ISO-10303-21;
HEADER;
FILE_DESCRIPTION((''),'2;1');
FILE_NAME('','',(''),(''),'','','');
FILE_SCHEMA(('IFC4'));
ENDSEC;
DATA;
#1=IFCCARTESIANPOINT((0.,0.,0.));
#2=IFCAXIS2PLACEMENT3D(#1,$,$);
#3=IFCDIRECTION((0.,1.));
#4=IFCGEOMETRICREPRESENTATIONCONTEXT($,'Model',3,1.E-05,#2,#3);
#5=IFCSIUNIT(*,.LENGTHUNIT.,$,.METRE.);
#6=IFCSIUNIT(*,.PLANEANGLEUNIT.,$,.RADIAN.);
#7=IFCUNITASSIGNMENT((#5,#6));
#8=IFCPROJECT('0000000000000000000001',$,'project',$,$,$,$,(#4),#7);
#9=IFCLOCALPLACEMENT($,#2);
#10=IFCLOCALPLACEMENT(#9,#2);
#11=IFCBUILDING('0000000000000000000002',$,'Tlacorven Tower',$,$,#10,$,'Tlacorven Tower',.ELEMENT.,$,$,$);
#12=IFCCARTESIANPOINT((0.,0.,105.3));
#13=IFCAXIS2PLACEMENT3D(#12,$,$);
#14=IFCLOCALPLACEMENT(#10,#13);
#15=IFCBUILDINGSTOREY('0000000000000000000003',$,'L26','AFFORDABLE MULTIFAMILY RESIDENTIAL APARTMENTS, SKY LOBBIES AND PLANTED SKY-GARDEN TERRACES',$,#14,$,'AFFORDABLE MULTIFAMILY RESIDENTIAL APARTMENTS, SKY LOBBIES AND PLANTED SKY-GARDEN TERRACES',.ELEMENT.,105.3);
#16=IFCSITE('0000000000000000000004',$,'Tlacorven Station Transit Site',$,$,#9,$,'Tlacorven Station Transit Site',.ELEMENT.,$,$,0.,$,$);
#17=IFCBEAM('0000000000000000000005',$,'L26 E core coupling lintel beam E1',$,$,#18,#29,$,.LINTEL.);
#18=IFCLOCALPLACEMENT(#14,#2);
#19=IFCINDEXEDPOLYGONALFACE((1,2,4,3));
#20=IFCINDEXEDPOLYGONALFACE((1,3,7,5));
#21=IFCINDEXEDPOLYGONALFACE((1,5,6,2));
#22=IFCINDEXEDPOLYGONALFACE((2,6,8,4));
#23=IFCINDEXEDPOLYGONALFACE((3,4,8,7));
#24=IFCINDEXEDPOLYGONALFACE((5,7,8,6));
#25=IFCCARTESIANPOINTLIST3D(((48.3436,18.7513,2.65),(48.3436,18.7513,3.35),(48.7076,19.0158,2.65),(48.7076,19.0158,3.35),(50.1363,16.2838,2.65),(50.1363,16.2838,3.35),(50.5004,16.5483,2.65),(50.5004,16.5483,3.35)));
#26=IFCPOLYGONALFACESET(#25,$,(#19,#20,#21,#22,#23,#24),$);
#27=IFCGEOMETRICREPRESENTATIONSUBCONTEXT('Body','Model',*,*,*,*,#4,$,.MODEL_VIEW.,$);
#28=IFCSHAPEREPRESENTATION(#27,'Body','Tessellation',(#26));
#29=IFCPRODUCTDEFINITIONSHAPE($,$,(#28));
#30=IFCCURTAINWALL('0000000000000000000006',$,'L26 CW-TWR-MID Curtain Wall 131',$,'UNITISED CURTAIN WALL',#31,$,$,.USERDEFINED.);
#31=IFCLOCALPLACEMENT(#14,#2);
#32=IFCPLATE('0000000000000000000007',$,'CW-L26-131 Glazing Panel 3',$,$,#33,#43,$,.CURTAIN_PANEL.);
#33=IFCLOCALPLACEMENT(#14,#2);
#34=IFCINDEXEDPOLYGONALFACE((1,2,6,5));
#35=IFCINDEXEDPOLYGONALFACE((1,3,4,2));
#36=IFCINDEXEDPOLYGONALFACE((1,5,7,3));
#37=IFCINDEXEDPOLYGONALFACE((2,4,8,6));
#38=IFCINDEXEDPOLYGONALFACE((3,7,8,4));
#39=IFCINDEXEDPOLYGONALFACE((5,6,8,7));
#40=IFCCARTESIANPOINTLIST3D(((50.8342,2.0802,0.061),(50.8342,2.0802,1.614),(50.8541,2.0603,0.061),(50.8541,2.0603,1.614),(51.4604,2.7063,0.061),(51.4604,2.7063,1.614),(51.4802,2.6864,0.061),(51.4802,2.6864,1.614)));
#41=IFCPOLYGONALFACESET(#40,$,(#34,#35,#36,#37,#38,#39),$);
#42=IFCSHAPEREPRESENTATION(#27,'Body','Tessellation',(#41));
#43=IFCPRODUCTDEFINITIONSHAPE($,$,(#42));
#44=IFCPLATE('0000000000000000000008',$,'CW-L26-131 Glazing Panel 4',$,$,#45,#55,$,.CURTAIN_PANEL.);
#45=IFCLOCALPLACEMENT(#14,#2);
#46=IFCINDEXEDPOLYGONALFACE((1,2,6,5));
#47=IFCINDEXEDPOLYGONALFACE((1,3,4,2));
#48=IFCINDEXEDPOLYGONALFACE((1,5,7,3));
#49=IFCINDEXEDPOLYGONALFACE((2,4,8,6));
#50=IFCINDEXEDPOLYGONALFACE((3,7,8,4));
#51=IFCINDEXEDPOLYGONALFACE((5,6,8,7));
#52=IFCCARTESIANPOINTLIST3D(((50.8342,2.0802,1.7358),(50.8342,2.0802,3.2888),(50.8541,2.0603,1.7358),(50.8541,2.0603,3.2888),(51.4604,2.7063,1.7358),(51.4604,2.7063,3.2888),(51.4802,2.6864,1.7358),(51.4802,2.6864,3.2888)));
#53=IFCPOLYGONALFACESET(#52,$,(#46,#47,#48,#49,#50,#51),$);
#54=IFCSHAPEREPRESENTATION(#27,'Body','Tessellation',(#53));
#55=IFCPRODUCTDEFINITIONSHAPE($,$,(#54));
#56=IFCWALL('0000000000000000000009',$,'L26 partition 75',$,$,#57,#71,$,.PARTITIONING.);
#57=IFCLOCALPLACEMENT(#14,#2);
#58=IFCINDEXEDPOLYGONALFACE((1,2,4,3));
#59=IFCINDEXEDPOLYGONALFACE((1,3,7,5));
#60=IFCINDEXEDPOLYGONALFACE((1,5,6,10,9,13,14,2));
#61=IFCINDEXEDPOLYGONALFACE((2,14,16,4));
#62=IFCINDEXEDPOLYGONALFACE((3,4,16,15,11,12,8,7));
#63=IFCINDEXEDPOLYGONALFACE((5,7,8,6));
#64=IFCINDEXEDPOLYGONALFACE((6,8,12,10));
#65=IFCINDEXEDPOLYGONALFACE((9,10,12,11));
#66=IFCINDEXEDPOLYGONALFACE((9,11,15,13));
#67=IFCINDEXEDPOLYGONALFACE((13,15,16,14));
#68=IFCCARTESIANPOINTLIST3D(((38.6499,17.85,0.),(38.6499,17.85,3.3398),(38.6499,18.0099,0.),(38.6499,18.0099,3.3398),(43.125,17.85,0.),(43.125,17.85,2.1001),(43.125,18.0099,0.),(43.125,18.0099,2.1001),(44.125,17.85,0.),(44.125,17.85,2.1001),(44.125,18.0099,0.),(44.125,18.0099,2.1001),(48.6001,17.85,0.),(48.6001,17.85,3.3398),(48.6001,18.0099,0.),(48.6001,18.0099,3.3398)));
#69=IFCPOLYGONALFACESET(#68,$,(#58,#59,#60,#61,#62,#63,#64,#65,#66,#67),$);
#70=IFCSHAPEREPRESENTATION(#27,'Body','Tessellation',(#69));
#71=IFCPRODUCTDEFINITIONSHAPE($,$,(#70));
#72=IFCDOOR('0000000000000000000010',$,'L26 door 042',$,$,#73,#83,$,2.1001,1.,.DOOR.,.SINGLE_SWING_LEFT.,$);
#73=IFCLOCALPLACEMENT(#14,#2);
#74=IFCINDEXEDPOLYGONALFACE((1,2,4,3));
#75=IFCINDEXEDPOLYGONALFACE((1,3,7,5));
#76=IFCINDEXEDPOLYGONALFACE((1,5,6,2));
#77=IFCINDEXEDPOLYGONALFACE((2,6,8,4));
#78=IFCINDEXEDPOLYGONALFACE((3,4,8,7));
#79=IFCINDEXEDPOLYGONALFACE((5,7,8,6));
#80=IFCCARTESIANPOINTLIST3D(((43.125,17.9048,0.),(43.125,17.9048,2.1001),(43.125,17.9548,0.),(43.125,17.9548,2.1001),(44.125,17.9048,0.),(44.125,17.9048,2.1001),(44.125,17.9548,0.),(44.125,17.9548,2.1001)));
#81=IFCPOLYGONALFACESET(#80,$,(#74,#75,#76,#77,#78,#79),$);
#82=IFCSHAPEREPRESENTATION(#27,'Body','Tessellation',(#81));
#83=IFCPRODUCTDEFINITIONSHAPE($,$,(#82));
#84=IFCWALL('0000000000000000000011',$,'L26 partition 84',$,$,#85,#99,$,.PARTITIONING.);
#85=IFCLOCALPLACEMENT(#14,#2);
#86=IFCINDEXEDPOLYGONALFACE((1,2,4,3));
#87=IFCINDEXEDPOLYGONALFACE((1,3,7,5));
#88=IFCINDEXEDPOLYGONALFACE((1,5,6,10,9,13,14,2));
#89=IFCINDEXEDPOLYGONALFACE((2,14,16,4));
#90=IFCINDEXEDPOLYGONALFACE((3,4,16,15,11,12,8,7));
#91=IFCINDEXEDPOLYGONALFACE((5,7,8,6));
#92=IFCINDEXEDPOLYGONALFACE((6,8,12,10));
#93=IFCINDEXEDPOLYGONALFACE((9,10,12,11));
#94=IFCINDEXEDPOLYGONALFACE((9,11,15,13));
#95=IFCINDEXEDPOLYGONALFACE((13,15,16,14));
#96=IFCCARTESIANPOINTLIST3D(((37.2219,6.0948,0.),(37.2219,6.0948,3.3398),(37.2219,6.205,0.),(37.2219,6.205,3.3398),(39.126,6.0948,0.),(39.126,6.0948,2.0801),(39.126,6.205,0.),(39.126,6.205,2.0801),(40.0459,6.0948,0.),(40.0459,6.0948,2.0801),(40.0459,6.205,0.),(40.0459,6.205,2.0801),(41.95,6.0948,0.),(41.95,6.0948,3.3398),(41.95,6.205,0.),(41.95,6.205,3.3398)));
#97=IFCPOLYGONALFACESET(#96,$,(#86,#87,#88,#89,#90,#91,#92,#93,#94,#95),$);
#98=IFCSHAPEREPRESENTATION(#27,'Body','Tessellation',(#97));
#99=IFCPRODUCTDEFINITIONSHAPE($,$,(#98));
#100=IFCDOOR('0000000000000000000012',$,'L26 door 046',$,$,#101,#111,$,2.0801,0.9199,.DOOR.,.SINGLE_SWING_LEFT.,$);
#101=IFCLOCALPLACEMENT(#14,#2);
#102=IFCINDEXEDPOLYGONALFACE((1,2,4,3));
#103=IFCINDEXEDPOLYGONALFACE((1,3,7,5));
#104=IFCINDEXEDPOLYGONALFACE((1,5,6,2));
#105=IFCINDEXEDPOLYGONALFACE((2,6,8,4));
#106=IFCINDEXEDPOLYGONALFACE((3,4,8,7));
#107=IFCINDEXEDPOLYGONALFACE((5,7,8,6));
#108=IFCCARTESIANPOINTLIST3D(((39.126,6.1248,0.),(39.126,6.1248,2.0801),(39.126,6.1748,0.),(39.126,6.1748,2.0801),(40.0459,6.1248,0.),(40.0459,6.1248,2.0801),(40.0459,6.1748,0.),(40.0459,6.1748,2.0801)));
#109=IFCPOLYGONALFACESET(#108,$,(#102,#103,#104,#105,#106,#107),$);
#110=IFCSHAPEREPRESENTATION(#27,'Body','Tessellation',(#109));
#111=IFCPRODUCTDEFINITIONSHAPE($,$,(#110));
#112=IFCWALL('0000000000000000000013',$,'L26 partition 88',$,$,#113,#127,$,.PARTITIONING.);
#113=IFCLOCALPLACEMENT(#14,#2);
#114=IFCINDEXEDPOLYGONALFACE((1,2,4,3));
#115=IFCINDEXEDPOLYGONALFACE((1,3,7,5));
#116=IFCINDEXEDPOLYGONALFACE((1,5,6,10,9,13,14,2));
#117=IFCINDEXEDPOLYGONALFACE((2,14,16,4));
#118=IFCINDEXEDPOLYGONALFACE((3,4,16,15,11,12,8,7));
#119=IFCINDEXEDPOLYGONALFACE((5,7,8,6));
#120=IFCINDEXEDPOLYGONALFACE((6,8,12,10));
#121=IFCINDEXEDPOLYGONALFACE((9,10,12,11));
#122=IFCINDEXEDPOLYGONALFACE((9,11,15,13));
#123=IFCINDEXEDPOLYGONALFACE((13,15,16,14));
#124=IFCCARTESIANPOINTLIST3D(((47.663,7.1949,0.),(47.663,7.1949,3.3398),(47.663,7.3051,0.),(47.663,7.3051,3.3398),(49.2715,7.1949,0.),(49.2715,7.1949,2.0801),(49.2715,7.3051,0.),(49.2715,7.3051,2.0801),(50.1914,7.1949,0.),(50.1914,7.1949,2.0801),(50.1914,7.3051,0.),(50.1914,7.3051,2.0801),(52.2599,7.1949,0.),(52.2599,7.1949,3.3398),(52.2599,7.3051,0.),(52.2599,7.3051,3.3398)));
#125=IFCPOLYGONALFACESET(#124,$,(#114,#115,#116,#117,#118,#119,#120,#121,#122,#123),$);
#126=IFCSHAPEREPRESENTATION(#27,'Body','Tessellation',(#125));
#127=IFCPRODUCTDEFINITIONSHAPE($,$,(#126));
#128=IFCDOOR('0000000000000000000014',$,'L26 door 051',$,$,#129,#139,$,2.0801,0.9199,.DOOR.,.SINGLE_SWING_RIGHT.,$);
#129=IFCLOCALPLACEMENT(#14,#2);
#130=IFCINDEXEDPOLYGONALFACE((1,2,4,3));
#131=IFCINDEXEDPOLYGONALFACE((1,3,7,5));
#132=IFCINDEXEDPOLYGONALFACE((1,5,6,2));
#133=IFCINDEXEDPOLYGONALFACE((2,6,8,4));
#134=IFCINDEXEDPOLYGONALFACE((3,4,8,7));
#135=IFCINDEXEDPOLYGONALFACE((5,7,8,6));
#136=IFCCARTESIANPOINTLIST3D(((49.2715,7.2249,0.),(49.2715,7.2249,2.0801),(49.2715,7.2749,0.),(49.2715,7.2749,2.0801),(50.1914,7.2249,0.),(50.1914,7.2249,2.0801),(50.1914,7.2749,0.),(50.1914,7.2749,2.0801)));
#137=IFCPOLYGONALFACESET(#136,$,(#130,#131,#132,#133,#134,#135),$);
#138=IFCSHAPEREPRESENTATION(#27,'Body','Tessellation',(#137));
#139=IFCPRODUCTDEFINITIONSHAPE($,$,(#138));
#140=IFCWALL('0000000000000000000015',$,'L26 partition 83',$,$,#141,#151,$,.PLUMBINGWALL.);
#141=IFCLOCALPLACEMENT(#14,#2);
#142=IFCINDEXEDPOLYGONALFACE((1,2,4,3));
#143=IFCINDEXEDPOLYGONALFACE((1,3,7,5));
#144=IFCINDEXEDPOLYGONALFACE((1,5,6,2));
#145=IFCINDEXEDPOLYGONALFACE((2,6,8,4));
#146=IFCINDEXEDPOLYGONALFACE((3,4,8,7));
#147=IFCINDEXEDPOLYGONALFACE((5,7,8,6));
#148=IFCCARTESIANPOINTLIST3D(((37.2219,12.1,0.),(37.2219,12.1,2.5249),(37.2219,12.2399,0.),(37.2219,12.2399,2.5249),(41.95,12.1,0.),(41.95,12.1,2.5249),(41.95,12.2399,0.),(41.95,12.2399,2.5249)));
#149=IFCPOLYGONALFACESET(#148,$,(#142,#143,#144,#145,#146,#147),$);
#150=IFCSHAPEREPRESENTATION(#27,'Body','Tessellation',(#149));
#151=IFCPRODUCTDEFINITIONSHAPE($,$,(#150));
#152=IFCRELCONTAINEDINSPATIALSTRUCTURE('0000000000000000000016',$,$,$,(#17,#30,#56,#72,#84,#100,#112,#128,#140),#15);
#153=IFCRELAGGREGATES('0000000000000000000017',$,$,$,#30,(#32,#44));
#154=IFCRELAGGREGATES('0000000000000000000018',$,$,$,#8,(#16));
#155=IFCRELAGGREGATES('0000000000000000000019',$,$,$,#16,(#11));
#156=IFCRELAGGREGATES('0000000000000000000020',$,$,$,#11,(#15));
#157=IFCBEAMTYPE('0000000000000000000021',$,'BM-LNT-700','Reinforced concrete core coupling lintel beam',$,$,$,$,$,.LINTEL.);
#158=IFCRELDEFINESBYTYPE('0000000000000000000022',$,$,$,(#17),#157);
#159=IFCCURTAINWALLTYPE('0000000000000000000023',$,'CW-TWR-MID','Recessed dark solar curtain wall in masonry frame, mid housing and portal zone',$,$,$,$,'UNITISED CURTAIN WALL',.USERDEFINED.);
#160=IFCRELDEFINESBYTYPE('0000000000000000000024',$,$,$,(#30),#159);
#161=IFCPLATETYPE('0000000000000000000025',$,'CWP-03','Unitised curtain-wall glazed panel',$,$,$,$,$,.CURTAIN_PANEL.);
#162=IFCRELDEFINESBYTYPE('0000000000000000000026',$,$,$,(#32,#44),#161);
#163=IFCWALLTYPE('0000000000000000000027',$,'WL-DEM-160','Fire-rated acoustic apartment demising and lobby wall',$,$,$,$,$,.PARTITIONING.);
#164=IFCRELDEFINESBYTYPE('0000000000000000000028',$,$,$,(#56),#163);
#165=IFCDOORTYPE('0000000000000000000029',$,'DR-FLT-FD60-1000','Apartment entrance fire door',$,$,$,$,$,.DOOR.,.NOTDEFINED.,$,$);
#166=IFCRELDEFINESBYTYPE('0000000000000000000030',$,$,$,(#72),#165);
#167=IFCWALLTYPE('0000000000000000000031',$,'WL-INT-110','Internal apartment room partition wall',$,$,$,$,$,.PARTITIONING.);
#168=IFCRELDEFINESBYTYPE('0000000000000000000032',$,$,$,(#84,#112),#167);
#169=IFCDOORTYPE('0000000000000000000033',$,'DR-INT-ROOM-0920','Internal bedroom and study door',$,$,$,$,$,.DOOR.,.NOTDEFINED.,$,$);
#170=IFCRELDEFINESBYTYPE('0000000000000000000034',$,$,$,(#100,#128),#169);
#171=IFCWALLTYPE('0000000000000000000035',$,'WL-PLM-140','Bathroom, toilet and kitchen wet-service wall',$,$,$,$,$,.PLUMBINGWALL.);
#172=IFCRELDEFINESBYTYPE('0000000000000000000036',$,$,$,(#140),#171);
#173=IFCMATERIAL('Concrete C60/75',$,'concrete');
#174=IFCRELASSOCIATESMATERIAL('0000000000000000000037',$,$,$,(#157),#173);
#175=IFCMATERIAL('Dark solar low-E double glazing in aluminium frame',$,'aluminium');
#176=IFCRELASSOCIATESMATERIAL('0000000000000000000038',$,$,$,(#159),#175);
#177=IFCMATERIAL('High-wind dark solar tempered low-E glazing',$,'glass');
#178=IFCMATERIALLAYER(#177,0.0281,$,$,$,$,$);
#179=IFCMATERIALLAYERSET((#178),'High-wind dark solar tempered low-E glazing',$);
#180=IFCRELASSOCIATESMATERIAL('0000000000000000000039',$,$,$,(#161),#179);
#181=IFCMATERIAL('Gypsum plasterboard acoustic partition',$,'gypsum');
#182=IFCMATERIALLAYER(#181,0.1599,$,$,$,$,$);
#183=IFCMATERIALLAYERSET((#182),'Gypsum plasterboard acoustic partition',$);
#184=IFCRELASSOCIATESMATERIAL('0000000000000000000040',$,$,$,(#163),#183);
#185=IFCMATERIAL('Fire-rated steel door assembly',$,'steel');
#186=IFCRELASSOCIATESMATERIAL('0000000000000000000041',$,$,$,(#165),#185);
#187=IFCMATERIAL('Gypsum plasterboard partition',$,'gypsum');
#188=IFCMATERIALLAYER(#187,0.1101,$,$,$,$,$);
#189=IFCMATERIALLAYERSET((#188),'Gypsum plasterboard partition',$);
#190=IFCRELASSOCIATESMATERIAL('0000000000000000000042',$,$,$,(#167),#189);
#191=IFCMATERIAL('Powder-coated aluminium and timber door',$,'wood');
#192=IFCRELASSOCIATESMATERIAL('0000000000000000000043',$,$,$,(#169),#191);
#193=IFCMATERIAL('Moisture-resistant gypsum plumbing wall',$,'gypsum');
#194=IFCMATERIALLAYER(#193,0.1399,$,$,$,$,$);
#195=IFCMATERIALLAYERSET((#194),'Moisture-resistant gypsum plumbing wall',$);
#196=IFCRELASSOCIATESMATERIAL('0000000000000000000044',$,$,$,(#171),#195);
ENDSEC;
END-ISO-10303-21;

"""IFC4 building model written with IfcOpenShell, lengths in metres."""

from ifc_helpers import new_model, si_unit, direction, frame, frame_2d, origin, origin_2d, place, context, subcontext, project, spatial, rectangle, extrude, source, transform, mapped, material, layer, layer_set, material_profile, profile_set, type_object, element, fill, aggregate, save


model = new_model("IFC4")

# Units and contexts
model_context = context("Model", 3, precision=1e-05, world=origin(), true_north=direction((0.0, 1.0)))
body_context = subcontext(model_context, "Body", "Model", "MODEL_VIEW")
ifc_project = project(units=[si_unit("LENGTHUNIT", "METRE"), si_unit("PLANEANGLEUNIT", "RADIAN")], contexts=[model_context])

# Site, building, storey
site_placement = place(None, origin())
site = spatial("IfcSite", under=ifc_project, at=site_placement, Name="Tlacorven Station Transit Site", LongName="Tlacorven Station Transit Site", CompositionType="ELEMENT", RefElevation=0.0)
building_placement = place(site_placement, origin())
building = spatial("IfcBuilding", under=site, at=building_placement, Name="Tlacorven Tower", LongName="Tlacorven Tower", CompositionType="ELEMENT")
storey_placement = place(building_placement, frame((0.0, 0.0, 105.3)))
storey = spatial("IfcBuildingStorey", under=building, at=storey_placement, Name="L26", Description="AFFORDABLE MULTIFAMILY RESIDENTIAL APARTMENTS, SKY LOBBIES AND PLANTED SKY-GARDEN TERRACES", LongName="AFFORDABLE MULTIFAMILY RESIDENTIAL APARTMENTS, SKY LOBBIES AND PLANTED SKY-GARDEN TERRACES", CompositionType="ELEMENT", Elevation=105.3)

# Beam
ifc_material_1 = material(Name="Concrete C60/75", Category="concrete")
ifc_material_profile = material_profile(ifc_material_1, rectangle(XDim=0.45, YDim=0.7, at=origin_2d()), Name="RC 450X700")
ifc_profile_set = profile_set([ifc_material_profile], Name="Concrete C60/75")
beam_type = type_object("IfcBeamType", Name="BM-LNT-700", Description="Reinforced concrete core coupling lintel beam", PredefinedType="LINTEL", material=ifc_profile_set)
shared_shape_1 = source(origin(), body_context, "Body", "SweptSolid", [
    extrude(rectangle(XDim=0.45, YDim=0.7, at=origin_2d()), origin(), (0.0, 0.0, 1.0), 3.05),
])
beam_placement = place(storey_placement, frame((50.3184, 16.416, 3.0), z_axis=(-0.587777, 0.809023, 0.0), x_axis=(-0.809023, -0.587777, 0.0)))
element("IfcBeam", 1, at=beam_placement, inside=storey, type_object=beam_type, Name="L26 E core coupling lintel beam E1", PredefinedType="LINTEL", context=body_context, shape_type="MappedRepresentation", body=[
    mapped(shared_shape_1, transform((0.0, 0.0, 0.0), scale=1.0)),
])

# Curtain wall, plates
ifc_material_2 = material(Name="Dark solar low-E double glazing in aluminium frame", Category="aluminium")
curtain_wall_type = type_object("IfcCurtainWallType", Name="CW-TWR-MID", Description="Recessed dark solar curtain wall in masonry frame, mid housing and portal zone", ElementType="UNITISED CURTAIN WALL", PredefinedType="USERDEFINED", material=ifc_material_2)
curtain_wall_placement = place(storey_placement, origin())
curtain_wall = element("IfcCurtainWall", 2, at=curtain_wall_placement, inside=storey, type_object=curtain_wall_type, Name="L26 CW-TWR-MID Curtain Wall 131", ObjectType="UNITISED CURTAIN WALL", PredefinedType="USERDEFINED")
ifc_material_3 = material(Name="High-wind dark solar tempered low-E glazing", Category="glass")
ifc_layer_1 = layer(ifc_material_3, 0.0281)
ifc_layer_set_1 = layer_set([ifc_layer_1], Name="High-wind dark solar tempered low-E glazing")
plate_type = type_object("IfcPlateType", Name="CWP-03", Description="Unitised curtain-wall glazed panel", PredefinedType="CURTAIN_PANEL", material=ifc_layer_set_1)
shared_shape_2 = source(origin(), body_context, "Body", "SweptSolid", [
    extrude(rectangle(XDim=0.8855, YDim=0.0281, at=origin_2d()), origin(), (0.0, 0.0, 1.0), 1.553),
])
plate_1_placement = place(storey_placement, frame((51.1572, 2.3833, 0.061), z_axis=(0.0, 0.0, 1.0), x_axis=(-0.707107, -0.707107, 0.0)))
plate_1 = element("IfcPlate", 3, at=plate_1_placement, type_object=plate_type, Name="CW-L26-131 Glazing Panel 3", PredefinedType="CURTAIN_PANEL", context=body_context, shape_type="MappedRepresentation", body=[
    mapped(shared_shape_2, transform((0.0, 0.0, 0.0), scale=1.0)),
])
plate_2_placement = place(storey_placement, frame((51.1572, 2.3833, 1.7358), z_axis=(0.0, 0.0, 1.0), x_axis=(-0.707107, -0.707107, 0.0)))
plate_2 = element("IfcPlate", 4, at=plate_2_placement, type_object=plate_type, Name="CW-L26-131 Glazing Panel 4", PredefinedType="CURTAIN_PANEL", context=body_context, shape_type="MappedRepresentation", body=[
    mapped(shared_shape_2, transform((0.0, 0.0, 0.0), scale=1.0)),
])
aggregate(curtain_wall, [plate_1, plate_2])

# Walls, openings, doors
ifc_material_4 = material(Name="Gypsum plasterboard acoustic partition", Category="gypsum")
ifc_layer_2 = layer(ifc_material_4, 0.1599)
ifc_layer_set_2 = layer_set([ifc_layer_2], Name="Gypsum plasterboard acoustic partition")
wall_type_1 = type_object("IfcWallType", Name="WL-DEM-160", Description="Fire-rated acoustic apartment demising and lobby wall", PredefinedType="PARTITIONING", material=ifc_layer_set_2)
wall_1_placement = place(storey_placement, frame((38.6499, 17.9299, 0.0), z_axis=(0.0, 0.0, 1.0), x_axis=(1.0, 0.0, 0.0)))
wall_1 = element("IfcWall", 5, at=wall_1_placement, inside=storey, type_object=wall_type_1, Name="L26 partition 75", PredefinedType="PARTITIONING", context=body_context, shape_type="SweptSolid", body=[
    extrude(rectangle(XDim=9.9502, YDim=0.1599, at=frame_2d((4.9751, 0.0))), origin(), (0.0, 0.0, 1.0), 3.3398),
])
opening_1_placement = place(wall_1_placement, frame((4.4751, 0.0, 0.0)))
opening_1 = element("IfcOpeningElement", 6, at=opening_1_placement, cuts=wall_1, PredefinedType="OPENING", context=body_context, shape_type="SweptSolid", body=[
    extrude(rectangle(XDim=1.0, YDim=2.1001, at=frame_2d((0.5, 1.05))), frame((0.0, 0.0898, 0.0), z_axis=(0.0, -1.0, 0.0), x_axis=(1.0, 0.0, 0.0)), (0.0, 0.0, 1.0), 0.1799),
])
ifc_material_5 = material(Name="Fire-rated steel door assembly", Category="steel")
door_type_1 = type_object("IfcDoorType", Name="DR-FLT-FD60-1000", Description="Apartment entrance fire door", OperationType="NOTDEFINED", PredefinedType="DOOR", material=ifc_material_5)
shared_shape_3 = source(origin(), body_context, "Body", "SweptSolid", [
    extrude(rectangle(XDim=1.0, YDim=2.1001, at=frame_2d((0.5, 1.05))), frame((0.0, 0.0249, 0.0), z_axis=(0.0, -1.0, 0.0), x_axis=(1.0, 0.0, 0.0)), (0.0, 0.0, 1.0), 0.05),
])
door_1_placement = place(opening_1_placement, origin())
door_1 = element("IfcDoor", 7, at=door_1_placement, inside=storey, type_object=door_type_1, Name="L26 door 042", OperationType="SINGLE_SWING_LEFT", OverallHeight=2.1001, OverallWidth=1.0, PredefinedType="DOOR", context=body_context, shape_type="MappedRepresentation", body=[
    mapped(shared_shape_3, transform((0.0, 0.0, 0.0), scale=1.0)),
])
fill(opening_1, door_1)
ifc_material_6 = material(Name="Gypsum plasterboard partition", Category="gypsum")
ifc_layer_3 = layer(ifc_material_6, 0.1101)
ifc_layer_set_3 = layer_set([ifc_layer_3], Name="Gypsum plasterboard partition")
wall_type_2 = type_object("IfcWallType", Name="WL-INT-110", Description="Internal apartment room partition wall", PredefinedType="PARTITIONING", material=ifc_layer_set_3)
wall_2_placement = place(storey_placement, frame((37.2219, 6.1499, 0.0), z_axis=(0.0, 0.0, 1.0), x_axis=(1.0, 0.0, 0.0)))
wall_2 = element("IfcWall", 8, at=wall_2_placement, inside=storey, type_object=wall_type_2, Name="L26 partition 84", PredefinedType="PARTITIONING", context=body_context, shape_type="SweptSolid", body=[
    extrude(rectangle(XDim=4.728, YDim=0.1101, at=frame_2d((2.364, 0.0))), origin(), (0.0, 0.0, 1.0), 3.3398),
])
opening_2_placement = place(wall_2_placement, frame((1.9041, 0.0, 0.0)))
opening_2 = element("IfcOpeningElement", 9, at=opening_2_placement, cuts=wall_2, PredefinedType="OPENING", context=body_context, shape_type="SweptSolid", body=[
    extrude(rectangle(XDim=0.9199, YDim=2.0801, at=frame_2d((0.46, 1.04))), frame((0.0, 0.0649, 0.0), z_axis=(0.0, -1.0, 0.0), x_axis=(1.0, 0.0, 0.0)), (0.0, 0.0, 1.0), 0.1301),
])
ifc_material_7 = material(Name="Powder-coated aluminium and timber door", Category="wood")
door_type_2 = type_object("IfcDoorType", Name="DR-INT-ROOM-0920", Description="Internal bedroom and study door", OperationType="NOTDEFINED", PredefinedType="DOOR", material=ifc_material_7)
shared_shape_4 = source(origin(), body_context, "Body", "SweptSolid", [
    extrude(rectangle(XDim=0.9199, YDim=2.0801, at=frame_2d((0.46, 1.04))), frame((0.0, 0.0249, 0.0), z_axis=(0.0, -1.0, 0.0), x_axis=(1.0, 0.0, 0.0)), (0.0, 0.0, 1.0), 0.05),
])
door_2_placement = place(opening_2_placement, origin())
door_2 = element("IfcDoor", 10, at=door_2_placement, inside=storey, type_object=door_type_2, Name="L26 door 046", OperationType="SINGLE_SWING_LEFT", OverallHeight=2.0801, OverallWidth=0.9199, PredefinedType="DOOR", context=body_context, shape_type="MappedRepresentation", body=[
    mapped(shared_shape_4, transform((0.0, 0.0, 0.0), scale=1.0)),
])
fill(opening_2, door_2)
wall_3_placement = place(storey_placement, frame((47.6631, 7.25, 0.0), z_axis=(0.0, 0.0, 1.0), x_axis=(1.0, 0.0, 0.0)))
wall_3 = element("IfcWall", 11, at=wall_3_placement, inside=storey, type_object=wall_type_2, Name="L26 partition 88", PredefinedType="PARTITIONING", context=body_context, shape_type="SweptSolid", body=[
    extrude(rectangle(XDim=4.5969, YDim=0.1101, at=frame_2d((2.2983, 0.0))), origin(), (0.0, 0.0, 1.0), 3.3398),
])
opening_3_placement = place(wall_3_placement, frame((1.6084, 0.0, 0.0)))
opening_3 = element("IfcOpeningElement", 12, at=opening_3_placement, cuts=wall_3, PredefinedType="OPENING", context=body_context, shape_type="SweptSolid", body=[
    extrude(rectangle(XDim=0.9199, YDim=2.0801, at=frame_2d((0.46, 1.04))), frame((0.0, 0.0649, 0.0), z_axis=(0.0, -1.0, 0.0), x_axis=(1.0, 0.0, 0.0)), (0.0, 0.0, 1.0), 0.1301),
])
door_3_placement = place(opening_3_placement, origin())
door_3 = element("IfcDoor", 13, at=door_3_placement, inside=storey, type_object=door_type_2, Name="L26 door 051", OperationType="SINGLE_SWING_RIGHT", OverallHeight=2.0801, OverallWidth=0.9199, PredefinedType="DOOR", context=body_context, shape_type="MappedRepresentation", body=[
    mapped(shared_shape_4, transform((0.0, 0.0, 0.0), scale=1.0)),
])
fill(opening_3, door_3)

# Wall
ifc_material_8 = material(Name="Moisture-resistant gypsum plumbing wall", Category="gypsum")
ifc_layer_4 = layer(ifc_material_8, 0.1399)
ifc_layer_set_4 = layer_set([ifc_layer_4], Name="Moisture-resistant gypsum plumbing wall")
wall_type_3 = type_object("IfcWallType", Name="WL-PLM-140", Description="Bathroom, toilet and kitchen wet-service wall", PredefinedType="PLUMBINGWALL", material=ifc_layer_set_4)
wall_4_placement = place(storey_placement, frame((37.2219, 12.1699, 0.0), z_axis=(0.0, 0.0, 1.0), x_axis=(1.0, 0.0, 0.0)))
element("IfcWall", 14, at=wall_4_placement, inside=storey, type_object=wall_type_3, Name="L26 partition 83", PredefinedType="PLUMBINGWALL", context=body_context, shape_type="SweptSolid", body=[
    extrude(rectangle(XDim=4.728, YDim=0.1399, at=frame_2d((2.364, 0.0))), origin(), (0.0, 0.0, 1.0), 2.5249),
])

save(model, "model.ifc")
